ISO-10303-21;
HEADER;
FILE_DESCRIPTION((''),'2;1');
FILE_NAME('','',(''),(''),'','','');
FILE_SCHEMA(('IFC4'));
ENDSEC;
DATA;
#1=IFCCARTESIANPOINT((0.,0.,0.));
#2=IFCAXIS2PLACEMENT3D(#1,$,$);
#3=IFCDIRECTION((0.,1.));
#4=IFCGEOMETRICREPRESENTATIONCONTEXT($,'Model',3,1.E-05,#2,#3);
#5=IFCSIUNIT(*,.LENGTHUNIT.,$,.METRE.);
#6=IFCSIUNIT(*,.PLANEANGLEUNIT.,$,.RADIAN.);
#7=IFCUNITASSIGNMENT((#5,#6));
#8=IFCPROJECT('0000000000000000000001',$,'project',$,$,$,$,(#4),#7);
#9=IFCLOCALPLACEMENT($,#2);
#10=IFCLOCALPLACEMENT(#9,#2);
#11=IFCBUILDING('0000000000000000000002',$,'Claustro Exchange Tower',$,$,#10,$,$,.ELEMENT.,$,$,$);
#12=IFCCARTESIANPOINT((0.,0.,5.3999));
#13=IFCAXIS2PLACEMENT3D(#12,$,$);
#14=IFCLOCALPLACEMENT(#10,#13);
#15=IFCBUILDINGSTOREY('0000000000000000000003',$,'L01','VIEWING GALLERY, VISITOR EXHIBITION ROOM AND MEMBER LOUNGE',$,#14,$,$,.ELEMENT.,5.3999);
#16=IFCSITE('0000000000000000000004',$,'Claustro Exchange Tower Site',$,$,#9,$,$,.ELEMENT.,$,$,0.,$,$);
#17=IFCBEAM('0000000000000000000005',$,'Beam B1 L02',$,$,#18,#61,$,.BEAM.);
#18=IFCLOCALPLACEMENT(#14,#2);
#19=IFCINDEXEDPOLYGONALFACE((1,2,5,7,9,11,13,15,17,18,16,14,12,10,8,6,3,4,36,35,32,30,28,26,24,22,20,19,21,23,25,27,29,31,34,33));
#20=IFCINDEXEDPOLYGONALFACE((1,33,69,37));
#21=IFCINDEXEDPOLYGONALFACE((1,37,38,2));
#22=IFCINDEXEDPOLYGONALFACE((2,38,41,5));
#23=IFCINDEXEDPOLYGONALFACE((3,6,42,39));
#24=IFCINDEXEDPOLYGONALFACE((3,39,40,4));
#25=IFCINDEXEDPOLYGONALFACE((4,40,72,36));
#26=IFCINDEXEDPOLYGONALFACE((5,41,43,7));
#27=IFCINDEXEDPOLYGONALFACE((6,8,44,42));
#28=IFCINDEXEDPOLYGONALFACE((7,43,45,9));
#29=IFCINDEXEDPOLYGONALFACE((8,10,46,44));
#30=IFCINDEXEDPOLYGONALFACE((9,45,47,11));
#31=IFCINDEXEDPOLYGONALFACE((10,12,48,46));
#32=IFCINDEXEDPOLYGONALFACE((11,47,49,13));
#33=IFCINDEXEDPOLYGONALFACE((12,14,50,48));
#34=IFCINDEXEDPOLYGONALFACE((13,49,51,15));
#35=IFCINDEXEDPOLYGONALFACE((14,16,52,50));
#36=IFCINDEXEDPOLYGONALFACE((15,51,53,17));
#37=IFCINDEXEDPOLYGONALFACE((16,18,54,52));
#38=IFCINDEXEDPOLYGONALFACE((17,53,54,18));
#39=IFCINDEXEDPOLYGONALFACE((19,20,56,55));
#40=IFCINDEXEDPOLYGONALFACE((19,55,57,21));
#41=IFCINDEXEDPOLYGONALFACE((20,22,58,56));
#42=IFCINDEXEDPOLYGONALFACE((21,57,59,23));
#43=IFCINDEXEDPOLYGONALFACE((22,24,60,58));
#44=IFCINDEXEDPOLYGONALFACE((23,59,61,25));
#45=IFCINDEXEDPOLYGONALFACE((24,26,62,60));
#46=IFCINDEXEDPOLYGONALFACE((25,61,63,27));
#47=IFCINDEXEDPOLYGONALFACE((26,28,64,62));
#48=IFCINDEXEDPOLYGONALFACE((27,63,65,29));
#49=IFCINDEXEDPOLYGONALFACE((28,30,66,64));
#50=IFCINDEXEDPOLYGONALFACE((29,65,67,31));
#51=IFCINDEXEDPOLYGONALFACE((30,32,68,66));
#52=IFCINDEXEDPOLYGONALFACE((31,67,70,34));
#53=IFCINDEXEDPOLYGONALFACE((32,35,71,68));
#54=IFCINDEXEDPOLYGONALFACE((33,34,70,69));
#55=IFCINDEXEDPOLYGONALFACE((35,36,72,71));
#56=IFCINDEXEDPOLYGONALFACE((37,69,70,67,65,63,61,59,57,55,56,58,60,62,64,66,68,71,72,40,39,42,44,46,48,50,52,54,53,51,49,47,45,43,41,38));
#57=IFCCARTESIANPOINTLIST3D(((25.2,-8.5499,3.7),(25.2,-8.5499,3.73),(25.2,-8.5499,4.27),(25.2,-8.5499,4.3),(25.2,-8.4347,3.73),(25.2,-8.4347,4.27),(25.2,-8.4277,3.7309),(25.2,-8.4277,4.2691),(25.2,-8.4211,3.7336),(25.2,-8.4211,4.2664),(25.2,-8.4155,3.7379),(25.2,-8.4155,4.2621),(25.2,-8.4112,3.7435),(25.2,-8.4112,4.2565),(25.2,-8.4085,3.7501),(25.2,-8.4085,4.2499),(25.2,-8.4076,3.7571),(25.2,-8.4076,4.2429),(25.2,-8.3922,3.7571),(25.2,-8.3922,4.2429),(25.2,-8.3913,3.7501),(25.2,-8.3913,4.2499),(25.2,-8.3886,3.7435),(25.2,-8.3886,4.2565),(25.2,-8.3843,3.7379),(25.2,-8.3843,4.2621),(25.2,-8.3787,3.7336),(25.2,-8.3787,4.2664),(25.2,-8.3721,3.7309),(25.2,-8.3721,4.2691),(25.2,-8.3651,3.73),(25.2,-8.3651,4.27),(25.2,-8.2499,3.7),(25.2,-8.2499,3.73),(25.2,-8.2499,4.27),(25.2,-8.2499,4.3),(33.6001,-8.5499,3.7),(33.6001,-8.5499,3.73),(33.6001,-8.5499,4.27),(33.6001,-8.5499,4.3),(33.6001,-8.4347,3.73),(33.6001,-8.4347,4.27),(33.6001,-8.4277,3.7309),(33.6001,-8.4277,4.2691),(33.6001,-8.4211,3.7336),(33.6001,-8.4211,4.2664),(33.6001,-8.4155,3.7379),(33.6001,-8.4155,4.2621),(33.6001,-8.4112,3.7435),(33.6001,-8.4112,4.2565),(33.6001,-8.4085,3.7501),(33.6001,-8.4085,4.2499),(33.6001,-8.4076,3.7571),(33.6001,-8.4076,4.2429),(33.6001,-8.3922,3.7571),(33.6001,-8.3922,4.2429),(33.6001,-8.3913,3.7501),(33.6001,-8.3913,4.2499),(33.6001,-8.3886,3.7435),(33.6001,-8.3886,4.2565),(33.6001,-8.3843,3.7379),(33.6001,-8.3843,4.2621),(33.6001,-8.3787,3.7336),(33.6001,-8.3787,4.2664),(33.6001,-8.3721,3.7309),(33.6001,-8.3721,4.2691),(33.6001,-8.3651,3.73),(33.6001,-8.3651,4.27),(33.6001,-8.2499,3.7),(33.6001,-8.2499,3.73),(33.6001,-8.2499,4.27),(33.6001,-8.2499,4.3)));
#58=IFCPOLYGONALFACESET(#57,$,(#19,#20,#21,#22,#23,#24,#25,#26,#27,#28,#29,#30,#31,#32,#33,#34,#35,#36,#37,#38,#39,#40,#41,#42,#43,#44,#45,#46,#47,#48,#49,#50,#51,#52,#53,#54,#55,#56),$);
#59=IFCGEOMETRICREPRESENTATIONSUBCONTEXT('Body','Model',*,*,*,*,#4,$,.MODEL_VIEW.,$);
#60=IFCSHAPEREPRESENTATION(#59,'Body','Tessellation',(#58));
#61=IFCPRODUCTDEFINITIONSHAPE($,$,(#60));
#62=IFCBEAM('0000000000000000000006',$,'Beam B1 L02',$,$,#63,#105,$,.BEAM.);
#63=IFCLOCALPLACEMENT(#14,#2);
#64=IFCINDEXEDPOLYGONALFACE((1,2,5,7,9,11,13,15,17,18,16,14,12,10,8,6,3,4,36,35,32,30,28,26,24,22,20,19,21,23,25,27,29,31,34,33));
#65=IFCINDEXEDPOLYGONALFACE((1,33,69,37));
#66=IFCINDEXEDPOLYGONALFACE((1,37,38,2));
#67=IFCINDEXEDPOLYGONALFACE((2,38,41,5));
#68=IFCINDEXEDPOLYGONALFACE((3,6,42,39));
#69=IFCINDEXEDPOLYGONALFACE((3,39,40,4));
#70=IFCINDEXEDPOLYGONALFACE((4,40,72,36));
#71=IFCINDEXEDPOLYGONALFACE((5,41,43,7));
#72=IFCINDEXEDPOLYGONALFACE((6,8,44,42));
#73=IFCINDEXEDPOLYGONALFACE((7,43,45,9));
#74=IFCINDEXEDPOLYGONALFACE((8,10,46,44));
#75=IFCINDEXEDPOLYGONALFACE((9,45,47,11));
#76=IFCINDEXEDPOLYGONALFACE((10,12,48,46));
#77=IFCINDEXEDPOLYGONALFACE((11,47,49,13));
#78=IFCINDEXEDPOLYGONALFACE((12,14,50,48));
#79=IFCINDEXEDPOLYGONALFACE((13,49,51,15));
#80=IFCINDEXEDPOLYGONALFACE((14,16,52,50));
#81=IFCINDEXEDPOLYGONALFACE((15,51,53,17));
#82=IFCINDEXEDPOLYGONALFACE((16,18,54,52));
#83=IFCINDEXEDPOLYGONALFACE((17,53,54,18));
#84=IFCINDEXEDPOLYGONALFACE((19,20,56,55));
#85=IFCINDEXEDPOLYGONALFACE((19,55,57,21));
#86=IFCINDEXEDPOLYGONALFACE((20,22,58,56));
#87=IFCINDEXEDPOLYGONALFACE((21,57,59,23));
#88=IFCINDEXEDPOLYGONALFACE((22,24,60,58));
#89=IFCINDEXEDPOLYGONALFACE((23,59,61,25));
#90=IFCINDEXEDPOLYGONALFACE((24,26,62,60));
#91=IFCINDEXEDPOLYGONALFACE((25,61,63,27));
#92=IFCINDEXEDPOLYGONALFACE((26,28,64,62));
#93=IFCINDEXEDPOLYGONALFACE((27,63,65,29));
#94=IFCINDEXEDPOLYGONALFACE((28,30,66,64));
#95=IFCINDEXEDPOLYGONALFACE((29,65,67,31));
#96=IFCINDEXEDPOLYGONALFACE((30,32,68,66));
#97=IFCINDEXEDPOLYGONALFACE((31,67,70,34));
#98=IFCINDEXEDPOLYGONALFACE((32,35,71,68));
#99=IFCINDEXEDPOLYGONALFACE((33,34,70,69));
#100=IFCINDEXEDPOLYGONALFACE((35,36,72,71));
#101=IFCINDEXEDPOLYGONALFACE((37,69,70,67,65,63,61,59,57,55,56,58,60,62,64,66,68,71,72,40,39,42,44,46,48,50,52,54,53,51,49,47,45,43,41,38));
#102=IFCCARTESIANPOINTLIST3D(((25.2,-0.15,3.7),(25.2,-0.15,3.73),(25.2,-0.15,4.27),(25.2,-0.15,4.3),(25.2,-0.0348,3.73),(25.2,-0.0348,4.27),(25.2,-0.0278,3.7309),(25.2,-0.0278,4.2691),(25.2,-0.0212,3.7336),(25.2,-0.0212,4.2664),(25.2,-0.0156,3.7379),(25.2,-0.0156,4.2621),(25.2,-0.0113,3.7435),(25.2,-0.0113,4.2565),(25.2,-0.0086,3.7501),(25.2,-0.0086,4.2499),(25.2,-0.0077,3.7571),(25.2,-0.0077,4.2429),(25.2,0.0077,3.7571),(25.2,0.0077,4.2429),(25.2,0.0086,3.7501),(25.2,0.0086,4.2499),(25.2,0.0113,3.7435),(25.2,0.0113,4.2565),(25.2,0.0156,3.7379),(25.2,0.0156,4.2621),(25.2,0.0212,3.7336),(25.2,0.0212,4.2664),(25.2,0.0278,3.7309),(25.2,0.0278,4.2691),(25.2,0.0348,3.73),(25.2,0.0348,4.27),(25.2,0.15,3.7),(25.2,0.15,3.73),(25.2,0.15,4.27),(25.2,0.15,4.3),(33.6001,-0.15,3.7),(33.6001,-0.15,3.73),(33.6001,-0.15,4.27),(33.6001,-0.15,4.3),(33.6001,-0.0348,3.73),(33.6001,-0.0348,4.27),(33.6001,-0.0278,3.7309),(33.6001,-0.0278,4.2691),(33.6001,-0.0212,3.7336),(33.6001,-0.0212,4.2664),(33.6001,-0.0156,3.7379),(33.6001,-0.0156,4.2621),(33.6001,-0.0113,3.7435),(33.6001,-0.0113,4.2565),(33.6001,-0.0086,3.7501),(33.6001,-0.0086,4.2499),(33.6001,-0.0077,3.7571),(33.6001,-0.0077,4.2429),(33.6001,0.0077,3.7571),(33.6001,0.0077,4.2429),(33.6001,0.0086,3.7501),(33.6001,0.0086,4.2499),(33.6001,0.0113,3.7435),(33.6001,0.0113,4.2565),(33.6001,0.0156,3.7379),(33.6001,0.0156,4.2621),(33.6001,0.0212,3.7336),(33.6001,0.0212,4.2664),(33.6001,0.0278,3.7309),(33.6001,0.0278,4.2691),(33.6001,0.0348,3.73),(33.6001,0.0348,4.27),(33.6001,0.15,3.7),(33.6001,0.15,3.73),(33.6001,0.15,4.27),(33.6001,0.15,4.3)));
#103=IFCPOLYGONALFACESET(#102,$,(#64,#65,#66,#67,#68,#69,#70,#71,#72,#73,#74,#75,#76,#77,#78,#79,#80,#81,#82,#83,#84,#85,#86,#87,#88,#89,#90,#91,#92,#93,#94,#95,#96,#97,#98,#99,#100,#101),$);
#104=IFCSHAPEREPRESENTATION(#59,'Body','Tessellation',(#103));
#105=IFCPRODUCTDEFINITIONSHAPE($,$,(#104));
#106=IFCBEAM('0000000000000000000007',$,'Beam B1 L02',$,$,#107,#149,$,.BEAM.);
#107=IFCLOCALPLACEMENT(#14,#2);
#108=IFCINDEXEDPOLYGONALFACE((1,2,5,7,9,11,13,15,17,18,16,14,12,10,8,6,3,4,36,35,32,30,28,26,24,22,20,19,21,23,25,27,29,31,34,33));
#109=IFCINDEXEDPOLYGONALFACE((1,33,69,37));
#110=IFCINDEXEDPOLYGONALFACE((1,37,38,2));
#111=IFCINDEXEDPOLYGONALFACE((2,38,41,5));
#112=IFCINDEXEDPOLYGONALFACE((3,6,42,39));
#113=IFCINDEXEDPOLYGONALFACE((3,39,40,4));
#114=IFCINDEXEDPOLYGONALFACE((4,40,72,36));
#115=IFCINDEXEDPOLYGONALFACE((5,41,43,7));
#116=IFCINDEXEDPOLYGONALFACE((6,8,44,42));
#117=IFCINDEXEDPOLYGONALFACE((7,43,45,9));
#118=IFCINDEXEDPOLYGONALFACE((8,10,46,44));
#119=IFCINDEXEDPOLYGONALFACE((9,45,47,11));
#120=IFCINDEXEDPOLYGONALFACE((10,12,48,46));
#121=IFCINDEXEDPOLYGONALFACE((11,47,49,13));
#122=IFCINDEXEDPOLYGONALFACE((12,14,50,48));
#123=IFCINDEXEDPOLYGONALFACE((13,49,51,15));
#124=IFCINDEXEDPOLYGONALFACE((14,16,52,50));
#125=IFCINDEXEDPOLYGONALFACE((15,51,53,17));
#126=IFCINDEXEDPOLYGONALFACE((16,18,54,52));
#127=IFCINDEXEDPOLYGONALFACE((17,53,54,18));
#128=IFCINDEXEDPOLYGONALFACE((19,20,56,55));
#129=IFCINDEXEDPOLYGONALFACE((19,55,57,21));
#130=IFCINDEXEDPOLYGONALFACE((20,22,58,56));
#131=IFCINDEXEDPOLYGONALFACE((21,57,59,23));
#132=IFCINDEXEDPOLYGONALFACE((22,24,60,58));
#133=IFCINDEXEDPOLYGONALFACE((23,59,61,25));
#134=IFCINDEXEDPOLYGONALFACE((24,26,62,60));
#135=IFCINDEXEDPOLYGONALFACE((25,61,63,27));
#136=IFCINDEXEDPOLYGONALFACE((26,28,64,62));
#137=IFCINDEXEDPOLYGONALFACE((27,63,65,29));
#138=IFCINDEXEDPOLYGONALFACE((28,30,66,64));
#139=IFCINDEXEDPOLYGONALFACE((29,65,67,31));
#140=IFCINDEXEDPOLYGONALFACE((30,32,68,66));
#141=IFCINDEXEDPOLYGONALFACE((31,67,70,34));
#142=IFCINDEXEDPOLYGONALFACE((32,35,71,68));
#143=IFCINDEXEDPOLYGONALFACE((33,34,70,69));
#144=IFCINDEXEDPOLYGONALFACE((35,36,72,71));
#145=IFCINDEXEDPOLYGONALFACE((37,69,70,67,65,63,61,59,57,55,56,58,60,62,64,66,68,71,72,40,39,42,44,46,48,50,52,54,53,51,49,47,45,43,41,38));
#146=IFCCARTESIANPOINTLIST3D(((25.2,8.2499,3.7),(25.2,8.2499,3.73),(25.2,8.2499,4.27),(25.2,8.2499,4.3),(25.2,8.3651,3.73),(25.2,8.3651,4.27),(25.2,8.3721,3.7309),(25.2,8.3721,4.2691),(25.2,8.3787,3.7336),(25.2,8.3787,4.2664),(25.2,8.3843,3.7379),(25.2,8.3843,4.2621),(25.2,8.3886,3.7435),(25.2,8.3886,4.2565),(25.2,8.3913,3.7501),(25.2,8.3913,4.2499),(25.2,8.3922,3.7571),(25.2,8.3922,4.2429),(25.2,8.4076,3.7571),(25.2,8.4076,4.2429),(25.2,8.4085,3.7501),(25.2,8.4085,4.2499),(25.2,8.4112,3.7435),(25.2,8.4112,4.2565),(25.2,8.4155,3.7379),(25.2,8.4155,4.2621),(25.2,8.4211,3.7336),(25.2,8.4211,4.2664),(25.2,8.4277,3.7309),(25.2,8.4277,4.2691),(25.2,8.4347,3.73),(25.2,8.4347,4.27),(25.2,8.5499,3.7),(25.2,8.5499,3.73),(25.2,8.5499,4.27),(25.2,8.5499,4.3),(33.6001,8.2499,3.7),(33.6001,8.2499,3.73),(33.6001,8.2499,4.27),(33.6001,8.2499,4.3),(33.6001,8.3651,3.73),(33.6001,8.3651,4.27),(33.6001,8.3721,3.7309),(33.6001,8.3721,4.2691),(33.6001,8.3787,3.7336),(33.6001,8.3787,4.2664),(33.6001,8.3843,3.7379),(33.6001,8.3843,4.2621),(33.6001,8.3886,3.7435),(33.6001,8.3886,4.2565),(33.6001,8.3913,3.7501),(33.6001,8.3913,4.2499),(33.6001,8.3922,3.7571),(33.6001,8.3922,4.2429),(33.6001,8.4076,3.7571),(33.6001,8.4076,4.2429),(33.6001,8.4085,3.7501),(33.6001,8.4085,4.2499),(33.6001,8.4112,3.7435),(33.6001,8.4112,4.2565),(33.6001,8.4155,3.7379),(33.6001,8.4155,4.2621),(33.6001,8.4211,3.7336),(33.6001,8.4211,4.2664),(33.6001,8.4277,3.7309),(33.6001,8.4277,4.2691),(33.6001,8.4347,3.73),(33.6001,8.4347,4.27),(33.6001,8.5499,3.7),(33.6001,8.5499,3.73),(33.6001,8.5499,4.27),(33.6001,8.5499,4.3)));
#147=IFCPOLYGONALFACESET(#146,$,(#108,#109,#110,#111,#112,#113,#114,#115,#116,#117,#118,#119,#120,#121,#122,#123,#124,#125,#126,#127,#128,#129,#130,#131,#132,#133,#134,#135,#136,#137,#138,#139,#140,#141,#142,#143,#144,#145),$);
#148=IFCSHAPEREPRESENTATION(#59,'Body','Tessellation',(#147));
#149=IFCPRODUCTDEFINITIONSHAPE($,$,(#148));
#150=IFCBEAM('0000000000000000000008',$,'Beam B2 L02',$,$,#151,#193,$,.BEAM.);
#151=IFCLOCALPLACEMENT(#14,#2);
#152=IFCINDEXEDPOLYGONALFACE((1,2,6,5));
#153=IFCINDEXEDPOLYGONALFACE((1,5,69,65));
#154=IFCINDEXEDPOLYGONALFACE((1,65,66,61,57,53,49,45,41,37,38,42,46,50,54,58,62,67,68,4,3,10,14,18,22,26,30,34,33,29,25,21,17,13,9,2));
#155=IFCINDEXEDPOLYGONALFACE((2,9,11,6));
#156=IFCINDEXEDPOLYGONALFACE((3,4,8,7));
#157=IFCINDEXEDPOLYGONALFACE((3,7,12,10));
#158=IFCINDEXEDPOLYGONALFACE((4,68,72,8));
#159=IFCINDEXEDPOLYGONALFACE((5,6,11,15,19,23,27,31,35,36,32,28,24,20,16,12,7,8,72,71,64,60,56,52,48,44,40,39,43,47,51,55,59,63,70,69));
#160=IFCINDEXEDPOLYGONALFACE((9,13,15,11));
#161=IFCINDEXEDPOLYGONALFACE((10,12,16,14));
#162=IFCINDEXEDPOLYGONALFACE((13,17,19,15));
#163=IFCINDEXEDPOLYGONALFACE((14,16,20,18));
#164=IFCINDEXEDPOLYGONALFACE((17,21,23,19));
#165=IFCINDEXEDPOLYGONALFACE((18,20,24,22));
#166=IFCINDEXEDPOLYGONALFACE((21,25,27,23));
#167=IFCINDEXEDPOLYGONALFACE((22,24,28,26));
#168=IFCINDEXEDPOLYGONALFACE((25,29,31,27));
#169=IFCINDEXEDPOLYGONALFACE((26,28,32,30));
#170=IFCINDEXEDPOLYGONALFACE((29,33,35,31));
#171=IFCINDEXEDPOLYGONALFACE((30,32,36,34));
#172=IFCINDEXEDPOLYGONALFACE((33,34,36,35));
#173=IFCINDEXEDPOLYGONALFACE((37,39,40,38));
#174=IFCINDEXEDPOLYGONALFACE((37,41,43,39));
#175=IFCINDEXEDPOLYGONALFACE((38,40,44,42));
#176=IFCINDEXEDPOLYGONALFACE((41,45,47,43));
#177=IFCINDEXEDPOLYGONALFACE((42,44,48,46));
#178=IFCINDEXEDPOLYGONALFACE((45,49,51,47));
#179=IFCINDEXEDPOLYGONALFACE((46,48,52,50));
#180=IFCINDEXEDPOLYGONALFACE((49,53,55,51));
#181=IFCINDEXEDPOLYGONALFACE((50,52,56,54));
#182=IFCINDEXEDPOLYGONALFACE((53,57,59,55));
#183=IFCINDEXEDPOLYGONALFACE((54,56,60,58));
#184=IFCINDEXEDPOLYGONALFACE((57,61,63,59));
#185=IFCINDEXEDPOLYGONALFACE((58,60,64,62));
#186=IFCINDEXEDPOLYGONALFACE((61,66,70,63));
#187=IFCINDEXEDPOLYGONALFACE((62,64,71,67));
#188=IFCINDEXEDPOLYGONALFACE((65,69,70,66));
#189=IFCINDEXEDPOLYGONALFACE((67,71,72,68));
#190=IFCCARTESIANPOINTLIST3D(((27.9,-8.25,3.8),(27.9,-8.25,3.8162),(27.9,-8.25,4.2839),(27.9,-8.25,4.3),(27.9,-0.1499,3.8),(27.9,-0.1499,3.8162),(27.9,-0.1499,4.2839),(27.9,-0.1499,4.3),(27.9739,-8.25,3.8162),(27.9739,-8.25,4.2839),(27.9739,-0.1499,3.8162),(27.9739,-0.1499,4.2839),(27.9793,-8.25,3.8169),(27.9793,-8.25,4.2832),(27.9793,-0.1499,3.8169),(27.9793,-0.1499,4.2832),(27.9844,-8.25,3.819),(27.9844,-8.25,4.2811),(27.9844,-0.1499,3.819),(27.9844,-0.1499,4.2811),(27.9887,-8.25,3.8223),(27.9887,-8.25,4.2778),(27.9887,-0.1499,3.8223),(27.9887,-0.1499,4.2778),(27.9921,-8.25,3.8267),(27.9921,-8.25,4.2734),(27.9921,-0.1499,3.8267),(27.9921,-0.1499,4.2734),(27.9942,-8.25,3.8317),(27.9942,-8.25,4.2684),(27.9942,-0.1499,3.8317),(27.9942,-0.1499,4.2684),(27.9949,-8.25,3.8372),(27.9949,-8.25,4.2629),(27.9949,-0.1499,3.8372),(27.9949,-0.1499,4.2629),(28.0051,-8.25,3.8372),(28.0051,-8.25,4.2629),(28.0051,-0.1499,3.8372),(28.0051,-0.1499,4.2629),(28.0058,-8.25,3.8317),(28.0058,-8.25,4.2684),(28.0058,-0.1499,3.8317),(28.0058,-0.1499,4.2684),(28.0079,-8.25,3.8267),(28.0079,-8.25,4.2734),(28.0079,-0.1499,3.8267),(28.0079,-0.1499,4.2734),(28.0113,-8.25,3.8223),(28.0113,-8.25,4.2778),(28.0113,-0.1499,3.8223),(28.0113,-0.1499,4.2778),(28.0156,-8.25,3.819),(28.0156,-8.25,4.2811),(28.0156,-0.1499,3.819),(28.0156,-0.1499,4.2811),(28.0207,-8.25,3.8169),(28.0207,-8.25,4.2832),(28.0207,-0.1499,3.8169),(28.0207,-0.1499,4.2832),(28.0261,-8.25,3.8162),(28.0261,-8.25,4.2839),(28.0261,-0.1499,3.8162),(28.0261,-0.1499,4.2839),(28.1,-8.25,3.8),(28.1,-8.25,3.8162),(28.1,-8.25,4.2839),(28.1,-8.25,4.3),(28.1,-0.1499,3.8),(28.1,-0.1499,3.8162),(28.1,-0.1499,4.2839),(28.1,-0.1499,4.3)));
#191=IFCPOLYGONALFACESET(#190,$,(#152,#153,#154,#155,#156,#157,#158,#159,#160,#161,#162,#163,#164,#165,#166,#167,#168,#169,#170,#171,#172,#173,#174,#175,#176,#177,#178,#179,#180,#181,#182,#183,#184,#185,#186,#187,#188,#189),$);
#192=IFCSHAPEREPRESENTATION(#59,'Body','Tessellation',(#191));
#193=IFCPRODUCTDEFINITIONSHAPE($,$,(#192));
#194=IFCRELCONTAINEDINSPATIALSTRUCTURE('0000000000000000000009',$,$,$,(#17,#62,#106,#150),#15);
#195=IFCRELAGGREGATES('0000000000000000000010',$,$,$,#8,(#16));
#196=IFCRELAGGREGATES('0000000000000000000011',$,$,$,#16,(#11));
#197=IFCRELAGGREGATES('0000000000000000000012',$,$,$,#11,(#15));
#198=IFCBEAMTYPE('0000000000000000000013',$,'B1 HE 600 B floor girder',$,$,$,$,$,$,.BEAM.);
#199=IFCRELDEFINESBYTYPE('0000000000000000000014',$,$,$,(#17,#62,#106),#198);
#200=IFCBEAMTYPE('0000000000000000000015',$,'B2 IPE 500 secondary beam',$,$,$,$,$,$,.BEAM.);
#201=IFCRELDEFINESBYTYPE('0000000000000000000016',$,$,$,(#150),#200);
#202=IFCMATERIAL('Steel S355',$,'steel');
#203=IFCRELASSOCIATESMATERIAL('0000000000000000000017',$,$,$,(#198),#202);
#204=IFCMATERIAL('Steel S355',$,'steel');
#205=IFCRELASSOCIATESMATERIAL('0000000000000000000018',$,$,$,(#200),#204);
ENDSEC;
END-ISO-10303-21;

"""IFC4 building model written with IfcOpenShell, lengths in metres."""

from ifc_helpers import new_model, si_unit, direction, frame, origin, origin_2d, place, context, subcontext, project, spatial, i_section, extrude, material, material_profile, profile_set, type_object, element, save


model = new_model("IFC4")

# Units and contexts
model_context = context("Model", 3, precision=1e-05, world=origin(), true_north=direction((0.0, 1.0)))
body_context = subcontext(model_context, "Body", "Model", "MODEL_VIEW")
ifc_project = project(units=[si_unit("LENGTHUNIT", "METRE"), si_unit("PLANEANGLEUNIT", "RADIAN")], contexts=[model_context])

# Site, building, storey
site_placement = place(None, origin())
site = spatial("IfcSite", under=ifc_project, at=site_placement, Name="Claustro Exchange Tower Site", CompositionType="ELEMENT", RefElevation=0.0)
building_placement = place(site_placement, origin())
building = spatial("IfcBuilding", under=site, at=building_placement, Name="Claustro Exchange Tower", CompositionType="ELEMENT")
storey_placement = place(building_placement, frame((0.0, 0.0, 5.3999)))
storey = spatial("IfcBuildingStorey", under=building, at=storey_placement, Name="L01", Description="VIEWING GALLERY, VISITOR EXHIBITION ROOM AND MEMBER LOUNGE", CompositionType="ELEMENT", Elevation=5.3999)

# Beams
ifc_material_1 = material(Name="Steel S355", Category="steel")
ifc_material_profile_1 = material_profile(ifc_material_1, i_section(OverallWidth=0.3, OverallDepth=0.6001, WebThickness=0.0154, FlangeThickness=0.03, FilletRadius=0.0271, at=origin_2d()), Name="HE 600 B")
ifc_profile_set_1 = profile_set([ifc_material_profile_1], Name="Steel S355")
beam_type_1 = type_object("IfcBeamType", Name="B1 HE 600 B floor girder", PredefinedType="BEAM", material=ifc_profile_set_1)
for number, where, z_axis, x_axis, name in (
    (1, (25.2, -8.3999, 4.0), (1.0, 0.0, 0.0), (0.0, 1.0, 0.0), "Beam B1 L02"),
    (2, (25.2, 0.0, 4.0), (1.0, 0.0, 0.0), (0.0, 1.0, 0.0), "Beam B1 L02"),
    (3, (25.2, 8.3999, 4.0), (1.0, 0.0, 0.0), (0.0, 1.0, 0.0), "Beam B1 L02"),
):
    element("IfcBeam", number, at=place(storey_placement, frame(where, z_axis=z_axis, x_axis=x_axis)), inside=storey, type_object=beam_type_1, Name=name, PredefinedType="BEAM", context=body_context, shape_type="SweptSolid", body=[
        extrude(i_section(OverallWidth=0.3, OverallDepth=0.6001, WebThickness=0.0154, FlangeThickness=0.03, FilletRadius=0.0271, at=origin_2d()), origin(), (0.0, 0.0, 1.0), 8.4001),
    ])
ifc_material_2 = material(Name="Steel S355", Category="steel")
ifc_material_profile_2 = material_profile(ifc_material_2, i_section(OverallWidth=0.2, OverallDepth=0.5, WebThickness=0.0103, FlangeThickness=0.0161, FilletRadius=0.021, at=origin_2d()), Name="IPE 500")
ifc_profile_set_2 = profile_set([ifc_material_profile_2], Name="Steel S355")
beam_type_2 = type_object("IfcBeamType", Name="B2 IPE 500 secondary beam", PredefinedType="BEAM", material=ifc_profile_set_2)
for number, where, z_axis, x_axis, name in (
    (4, (28.0, -8.25, 4.05), (0.0, 1.0, 0.0), (-1.0, 0.0, 0.0), "Beam B2 L02"),
):
    element("IfcBeam", number, at=place(storey_placement, frame(where, z_axis=z_axis, x_axis=x_axis)), inside=storey, type_object=beam_type_2, Name=name, PredefinedType="BEAM", context=body_context, shape_type="SweptSolid", body=[
        extrude(i_section(OverallWidth=0.2, OverallDepth=0.5, WebThickness=0.0103, FlangeThickness=0.0161, FilletRadius=0.021, at=origin_2d()), origin(), (0.0, 0.0, 1.0), 8.1001),
    ])

save(model, "model.ifc")
